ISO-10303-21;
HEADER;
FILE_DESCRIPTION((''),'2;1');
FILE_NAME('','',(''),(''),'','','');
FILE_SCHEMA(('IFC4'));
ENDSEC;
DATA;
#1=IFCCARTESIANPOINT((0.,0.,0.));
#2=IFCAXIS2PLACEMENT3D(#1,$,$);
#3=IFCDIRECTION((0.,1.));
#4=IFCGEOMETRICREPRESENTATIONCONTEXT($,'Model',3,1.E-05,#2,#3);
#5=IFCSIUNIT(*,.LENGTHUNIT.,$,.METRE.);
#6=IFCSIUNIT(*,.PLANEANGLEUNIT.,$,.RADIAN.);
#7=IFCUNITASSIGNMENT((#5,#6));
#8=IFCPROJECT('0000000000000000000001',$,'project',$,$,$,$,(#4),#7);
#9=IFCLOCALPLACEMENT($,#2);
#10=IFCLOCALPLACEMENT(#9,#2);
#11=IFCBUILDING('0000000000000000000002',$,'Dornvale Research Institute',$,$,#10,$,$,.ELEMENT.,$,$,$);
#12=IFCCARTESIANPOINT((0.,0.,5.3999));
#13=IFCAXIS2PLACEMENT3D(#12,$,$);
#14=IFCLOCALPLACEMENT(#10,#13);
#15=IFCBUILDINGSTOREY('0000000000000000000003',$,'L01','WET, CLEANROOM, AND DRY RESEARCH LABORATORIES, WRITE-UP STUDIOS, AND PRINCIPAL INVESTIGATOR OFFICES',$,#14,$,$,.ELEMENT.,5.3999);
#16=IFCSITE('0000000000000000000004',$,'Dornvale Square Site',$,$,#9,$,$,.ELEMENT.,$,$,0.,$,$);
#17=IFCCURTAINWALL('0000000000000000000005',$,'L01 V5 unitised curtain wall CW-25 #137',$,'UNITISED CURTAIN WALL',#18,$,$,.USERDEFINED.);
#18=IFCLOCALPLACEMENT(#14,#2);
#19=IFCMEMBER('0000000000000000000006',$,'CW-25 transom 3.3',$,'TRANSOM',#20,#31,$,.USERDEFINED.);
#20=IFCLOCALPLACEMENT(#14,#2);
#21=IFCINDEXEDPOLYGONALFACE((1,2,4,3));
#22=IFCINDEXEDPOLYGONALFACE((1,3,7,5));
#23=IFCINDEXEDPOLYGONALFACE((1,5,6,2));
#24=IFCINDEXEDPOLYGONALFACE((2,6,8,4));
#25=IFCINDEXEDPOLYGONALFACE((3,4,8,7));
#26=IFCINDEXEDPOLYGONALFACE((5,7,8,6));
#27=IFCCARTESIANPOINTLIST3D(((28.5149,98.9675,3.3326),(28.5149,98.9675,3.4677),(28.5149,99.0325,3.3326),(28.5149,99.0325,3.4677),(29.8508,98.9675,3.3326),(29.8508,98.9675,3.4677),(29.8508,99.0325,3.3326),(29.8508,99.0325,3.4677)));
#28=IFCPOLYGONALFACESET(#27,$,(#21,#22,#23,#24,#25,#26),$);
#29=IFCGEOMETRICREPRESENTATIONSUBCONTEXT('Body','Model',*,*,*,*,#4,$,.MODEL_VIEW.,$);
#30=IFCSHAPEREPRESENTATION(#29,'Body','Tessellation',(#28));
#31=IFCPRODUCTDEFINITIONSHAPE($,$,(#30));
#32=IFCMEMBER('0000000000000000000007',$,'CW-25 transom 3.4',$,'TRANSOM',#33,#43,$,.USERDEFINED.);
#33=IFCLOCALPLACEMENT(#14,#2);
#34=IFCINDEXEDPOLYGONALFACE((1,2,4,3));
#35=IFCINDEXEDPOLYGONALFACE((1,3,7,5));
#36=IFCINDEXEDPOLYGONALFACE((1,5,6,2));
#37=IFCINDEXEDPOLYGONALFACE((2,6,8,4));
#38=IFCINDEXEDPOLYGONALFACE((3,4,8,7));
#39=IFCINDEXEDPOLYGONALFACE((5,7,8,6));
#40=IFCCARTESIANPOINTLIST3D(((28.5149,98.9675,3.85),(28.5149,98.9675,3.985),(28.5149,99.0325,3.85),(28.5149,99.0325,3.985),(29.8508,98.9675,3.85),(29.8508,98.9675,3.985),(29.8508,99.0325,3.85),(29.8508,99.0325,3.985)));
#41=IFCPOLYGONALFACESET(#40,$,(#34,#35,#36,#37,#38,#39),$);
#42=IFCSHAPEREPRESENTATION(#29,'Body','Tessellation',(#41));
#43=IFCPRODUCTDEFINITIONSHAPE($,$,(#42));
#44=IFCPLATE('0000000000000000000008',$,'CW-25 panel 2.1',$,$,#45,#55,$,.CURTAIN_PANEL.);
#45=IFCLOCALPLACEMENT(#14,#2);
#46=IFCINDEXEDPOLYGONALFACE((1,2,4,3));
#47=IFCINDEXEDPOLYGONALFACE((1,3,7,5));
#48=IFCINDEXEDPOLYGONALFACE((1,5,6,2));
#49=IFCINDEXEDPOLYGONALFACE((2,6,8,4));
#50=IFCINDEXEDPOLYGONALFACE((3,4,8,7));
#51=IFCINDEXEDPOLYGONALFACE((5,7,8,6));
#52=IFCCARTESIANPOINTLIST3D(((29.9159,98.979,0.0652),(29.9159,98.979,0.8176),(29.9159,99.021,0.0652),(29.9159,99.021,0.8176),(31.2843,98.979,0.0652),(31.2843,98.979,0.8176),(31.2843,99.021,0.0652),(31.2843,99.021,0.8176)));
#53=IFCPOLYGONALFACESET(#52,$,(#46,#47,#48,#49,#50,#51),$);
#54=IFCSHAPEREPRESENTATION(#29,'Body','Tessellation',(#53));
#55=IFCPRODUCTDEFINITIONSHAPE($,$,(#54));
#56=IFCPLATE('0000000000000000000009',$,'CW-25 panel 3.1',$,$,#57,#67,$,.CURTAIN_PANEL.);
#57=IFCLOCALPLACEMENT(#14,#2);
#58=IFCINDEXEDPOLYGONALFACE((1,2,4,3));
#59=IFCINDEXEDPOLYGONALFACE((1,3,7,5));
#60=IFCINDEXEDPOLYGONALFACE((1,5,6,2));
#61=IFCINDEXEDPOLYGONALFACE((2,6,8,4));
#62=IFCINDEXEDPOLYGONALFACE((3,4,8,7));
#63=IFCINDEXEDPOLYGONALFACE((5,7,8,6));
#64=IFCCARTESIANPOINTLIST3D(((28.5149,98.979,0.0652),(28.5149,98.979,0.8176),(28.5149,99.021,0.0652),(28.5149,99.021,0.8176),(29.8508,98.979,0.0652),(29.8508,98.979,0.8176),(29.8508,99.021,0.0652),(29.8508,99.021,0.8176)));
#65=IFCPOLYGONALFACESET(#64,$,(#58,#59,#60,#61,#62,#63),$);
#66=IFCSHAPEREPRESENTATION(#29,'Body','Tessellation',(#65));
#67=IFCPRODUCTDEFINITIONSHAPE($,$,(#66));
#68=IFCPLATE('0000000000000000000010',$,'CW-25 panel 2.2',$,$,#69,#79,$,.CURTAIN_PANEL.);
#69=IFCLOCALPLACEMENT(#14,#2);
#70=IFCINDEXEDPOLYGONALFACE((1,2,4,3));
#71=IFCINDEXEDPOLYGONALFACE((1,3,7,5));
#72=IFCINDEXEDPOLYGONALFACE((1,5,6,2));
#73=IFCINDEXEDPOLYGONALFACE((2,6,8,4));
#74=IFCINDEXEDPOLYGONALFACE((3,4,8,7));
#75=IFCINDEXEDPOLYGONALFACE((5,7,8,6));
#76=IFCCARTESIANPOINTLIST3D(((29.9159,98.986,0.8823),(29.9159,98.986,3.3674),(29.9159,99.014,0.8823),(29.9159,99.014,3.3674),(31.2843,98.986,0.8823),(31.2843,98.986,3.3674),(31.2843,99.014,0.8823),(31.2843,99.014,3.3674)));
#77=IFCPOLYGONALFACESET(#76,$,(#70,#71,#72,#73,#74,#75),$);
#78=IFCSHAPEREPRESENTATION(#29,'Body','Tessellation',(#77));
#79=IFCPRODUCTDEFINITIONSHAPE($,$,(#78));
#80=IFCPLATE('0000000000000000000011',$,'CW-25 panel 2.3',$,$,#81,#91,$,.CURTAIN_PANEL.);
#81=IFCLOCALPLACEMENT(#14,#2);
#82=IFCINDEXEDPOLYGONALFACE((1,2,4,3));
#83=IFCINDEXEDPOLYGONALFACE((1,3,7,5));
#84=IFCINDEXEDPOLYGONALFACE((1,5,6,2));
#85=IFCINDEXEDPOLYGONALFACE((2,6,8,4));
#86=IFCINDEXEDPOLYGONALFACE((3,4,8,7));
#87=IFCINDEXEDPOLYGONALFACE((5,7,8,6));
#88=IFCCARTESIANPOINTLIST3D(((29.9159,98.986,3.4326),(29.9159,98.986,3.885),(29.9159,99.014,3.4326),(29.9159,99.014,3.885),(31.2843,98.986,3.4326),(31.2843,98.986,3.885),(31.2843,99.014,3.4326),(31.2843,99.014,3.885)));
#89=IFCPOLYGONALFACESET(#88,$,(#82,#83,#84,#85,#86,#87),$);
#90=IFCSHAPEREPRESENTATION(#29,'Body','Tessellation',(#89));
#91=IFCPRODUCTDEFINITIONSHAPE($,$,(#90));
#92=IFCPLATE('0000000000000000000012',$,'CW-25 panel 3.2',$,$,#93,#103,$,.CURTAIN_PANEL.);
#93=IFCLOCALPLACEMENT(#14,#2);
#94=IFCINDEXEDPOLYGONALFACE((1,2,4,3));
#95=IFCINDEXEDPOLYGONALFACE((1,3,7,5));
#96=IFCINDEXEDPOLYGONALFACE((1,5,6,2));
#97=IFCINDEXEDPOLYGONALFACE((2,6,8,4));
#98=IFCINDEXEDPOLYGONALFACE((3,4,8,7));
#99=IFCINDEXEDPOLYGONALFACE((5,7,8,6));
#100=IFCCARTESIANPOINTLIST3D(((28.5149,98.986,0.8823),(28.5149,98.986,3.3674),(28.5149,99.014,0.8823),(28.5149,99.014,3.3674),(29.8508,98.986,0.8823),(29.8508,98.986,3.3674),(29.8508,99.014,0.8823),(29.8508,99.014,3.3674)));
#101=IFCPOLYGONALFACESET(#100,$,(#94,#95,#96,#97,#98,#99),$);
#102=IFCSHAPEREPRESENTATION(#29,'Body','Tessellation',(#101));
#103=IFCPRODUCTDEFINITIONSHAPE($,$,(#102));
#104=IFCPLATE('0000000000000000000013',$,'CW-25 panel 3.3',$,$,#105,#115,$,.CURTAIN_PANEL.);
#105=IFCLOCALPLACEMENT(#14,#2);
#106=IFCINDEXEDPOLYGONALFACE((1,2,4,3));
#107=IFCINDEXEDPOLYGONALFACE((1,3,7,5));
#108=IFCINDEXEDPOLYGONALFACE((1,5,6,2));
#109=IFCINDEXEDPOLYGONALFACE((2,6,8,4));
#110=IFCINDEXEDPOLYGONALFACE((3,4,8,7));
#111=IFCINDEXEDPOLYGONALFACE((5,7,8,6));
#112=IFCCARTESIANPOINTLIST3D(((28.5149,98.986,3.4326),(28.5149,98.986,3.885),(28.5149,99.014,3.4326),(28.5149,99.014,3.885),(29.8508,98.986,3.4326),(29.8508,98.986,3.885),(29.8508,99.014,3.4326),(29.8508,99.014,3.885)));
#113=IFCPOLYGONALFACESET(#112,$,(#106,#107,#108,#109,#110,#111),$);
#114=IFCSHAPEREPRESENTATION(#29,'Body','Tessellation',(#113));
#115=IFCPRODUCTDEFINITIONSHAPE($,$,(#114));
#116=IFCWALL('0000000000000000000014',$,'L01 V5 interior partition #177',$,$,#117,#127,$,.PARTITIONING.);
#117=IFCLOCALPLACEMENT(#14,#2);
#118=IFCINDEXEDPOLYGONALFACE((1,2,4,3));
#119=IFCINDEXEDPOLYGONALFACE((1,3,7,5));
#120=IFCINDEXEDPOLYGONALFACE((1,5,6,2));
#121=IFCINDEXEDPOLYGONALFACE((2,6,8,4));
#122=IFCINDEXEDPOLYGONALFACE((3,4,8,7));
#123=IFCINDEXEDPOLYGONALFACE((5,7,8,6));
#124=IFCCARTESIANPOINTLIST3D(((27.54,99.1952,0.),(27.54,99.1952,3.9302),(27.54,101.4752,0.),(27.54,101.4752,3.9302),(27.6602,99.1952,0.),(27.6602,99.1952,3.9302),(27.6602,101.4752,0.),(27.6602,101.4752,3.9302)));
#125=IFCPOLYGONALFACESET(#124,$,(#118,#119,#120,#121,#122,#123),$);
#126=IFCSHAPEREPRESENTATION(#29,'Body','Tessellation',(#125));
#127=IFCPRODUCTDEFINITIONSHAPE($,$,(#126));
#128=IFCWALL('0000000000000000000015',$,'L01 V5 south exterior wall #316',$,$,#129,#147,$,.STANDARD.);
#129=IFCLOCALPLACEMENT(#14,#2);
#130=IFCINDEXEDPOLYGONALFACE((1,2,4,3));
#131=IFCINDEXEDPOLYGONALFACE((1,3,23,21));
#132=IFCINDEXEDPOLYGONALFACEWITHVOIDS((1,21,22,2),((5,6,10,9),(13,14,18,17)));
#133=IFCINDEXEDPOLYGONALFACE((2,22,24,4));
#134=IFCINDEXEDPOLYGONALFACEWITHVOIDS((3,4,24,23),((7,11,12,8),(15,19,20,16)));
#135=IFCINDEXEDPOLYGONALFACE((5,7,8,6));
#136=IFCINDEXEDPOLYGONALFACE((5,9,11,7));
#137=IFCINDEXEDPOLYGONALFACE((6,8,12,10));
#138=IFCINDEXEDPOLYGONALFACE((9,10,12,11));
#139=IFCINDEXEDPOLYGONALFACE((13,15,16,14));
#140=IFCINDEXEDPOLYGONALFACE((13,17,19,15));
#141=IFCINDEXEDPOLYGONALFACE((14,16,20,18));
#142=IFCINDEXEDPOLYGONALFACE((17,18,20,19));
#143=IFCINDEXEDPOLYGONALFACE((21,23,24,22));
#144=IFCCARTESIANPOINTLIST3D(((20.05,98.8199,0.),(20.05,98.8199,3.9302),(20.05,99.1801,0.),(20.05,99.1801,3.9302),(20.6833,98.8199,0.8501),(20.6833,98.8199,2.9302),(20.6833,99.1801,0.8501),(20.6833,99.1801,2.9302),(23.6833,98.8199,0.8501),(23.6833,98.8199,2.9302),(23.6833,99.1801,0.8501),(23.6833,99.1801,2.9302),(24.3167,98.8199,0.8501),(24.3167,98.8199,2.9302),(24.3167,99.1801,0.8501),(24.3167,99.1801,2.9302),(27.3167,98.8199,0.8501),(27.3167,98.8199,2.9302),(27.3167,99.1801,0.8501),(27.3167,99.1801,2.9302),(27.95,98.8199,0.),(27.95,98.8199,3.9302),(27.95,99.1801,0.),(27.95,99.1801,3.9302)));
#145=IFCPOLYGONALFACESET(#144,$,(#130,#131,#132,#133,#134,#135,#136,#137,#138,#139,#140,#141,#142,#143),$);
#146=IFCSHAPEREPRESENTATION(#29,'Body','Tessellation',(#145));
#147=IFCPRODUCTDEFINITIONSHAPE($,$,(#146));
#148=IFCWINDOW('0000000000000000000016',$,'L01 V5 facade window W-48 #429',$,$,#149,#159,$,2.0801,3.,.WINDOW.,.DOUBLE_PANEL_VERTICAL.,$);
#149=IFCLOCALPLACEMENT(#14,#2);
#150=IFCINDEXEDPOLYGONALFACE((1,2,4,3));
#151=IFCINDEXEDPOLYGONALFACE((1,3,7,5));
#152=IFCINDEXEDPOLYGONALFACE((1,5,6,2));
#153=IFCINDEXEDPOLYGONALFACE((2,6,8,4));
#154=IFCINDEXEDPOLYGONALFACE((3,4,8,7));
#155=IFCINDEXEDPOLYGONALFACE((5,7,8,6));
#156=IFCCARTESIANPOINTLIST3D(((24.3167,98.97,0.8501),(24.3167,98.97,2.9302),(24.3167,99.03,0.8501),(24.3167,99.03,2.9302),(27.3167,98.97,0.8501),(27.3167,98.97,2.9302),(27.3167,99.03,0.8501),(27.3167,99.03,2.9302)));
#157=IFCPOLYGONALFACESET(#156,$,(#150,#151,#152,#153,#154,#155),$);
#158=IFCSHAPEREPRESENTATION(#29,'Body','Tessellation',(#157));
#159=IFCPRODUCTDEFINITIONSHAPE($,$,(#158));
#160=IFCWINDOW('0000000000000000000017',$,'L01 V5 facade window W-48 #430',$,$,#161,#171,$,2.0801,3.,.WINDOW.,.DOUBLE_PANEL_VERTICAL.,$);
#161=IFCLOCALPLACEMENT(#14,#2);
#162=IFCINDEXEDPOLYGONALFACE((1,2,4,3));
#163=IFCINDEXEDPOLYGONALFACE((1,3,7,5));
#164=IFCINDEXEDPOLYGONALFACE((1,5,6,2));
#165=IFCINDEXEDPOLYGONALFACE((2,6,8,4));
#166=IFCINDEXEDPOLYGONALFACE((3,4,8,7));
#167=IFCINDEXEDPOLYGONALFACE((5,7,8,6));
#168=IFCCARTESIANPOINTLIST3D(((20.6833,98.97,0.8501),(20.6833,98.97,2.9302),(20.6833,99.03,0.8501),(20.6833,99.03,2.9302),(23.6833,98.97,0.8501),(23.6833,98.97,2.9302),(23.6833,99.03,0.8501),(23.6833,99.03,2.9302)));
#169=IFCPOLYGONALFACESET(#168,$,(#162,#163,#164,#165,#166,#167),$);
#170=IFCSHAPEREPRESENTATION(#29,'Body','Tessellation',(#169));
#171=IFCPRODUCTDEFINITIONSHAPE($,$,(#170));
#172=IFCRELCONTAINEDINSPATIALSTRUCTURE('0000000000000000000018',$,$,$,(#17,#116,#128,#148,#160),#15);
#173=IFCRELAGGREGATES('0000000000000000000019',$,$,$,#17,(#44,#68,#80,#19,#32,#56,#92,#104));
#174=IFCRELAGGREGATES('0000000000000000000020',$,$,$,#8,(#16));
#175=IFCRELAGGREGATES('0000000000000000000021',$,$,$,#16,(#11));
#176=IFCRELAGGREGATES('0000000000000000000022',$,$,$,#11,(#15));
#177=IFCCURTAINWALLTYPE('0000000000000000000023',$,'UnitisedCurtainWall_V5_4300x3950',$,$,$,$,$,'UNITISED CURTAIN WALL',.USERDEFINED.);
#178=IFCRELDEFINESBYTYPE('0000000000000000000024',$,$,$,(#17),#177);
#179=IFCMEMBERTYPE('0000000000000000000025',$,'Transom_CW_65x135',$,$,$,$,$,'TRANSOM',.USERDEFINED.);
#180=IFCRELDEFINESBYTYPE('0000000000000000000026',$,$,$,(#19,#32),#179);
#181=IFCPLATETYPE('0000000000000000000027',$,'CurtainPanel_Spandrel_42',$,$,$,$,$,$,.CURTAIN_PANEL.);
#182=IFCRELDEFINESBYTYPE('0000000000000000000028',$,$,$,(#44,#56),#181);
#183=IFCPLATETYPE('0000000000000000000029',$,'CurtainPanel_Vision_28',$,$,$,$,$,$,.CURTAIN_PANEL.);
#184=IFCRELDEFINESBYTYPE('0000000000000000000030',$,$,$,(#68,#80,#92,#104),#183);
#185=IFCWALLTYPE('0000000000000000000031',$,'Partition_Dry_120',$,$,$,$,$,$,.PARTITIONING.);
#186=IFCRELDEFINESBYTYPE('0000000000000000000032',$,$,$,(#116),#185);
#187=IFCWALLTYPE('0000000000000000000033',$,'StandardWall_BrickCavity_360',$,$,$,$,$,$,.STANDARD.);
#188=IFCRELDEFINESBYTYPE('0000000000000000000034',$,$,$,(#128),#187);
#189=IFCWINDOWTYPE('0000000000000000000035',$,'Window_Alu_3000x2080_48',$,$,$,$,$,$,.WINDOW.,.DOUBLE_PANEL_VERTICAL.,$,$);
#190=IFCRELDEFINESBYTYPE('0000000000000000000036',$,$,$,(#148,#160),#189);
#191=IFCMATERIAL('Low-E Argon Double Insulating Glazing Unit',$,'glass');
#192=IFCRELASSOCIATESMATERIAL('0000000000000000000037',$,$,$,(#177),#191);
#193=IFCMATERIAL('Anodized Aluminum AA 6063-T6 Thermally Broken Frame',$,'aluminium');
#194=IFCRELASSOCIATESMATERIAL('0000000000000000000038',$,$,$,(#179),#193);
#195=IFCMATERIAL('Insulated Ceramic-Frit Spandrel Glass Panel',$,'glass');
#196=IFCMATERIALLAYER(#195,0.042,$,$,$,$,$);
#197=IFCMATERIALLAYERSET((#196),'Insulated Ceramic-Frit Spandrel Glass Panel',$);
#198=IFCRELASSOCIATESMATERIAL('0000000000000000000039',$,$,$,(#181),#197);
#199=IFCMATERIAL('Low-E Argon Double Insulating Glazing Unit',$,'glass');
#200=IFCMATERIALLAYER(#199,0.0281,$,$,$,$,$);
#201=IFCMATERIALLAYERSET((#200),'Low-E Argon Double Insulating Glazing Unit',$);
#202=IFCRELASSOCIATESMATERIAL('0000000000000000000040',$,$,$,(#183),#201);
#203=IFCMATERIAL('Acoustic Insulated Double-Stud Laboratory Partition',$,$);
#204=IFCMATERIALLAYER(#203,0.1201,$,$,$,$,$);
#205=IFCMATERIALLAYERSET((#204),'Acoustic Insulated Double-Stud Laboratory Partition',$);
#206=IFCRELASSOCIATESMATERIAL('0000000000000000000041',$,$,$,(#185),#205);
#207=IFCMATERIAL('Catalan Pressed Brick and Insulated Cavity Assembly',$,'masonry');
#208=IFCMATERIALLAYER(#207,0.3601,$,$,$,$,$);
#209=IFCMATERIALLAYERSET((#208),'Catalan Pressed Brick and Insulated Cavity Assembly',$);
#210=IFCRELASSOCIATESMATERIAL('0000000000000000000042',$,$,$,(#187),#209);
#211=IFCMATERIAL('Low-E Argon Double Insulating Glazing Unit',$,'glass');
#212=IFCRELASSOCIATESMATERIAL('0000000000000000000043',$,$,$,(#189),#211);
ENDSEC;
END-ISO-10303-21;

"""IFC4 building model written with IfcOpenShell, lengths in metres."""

from ifc_helpers import new_model, si_unit, direction, frame, frame_2d, origin, origin_2d, place, context, subcontext, project, spatial, rectangle, extrude, material, layer, layer_set, material_profile, profile_set, type_object, element, fill, aggregate, save


model = new_model("IFC4")

# Units and contexts
model_context = context("Model", 3, precision=1e-05, world=origin(), true_north=direction((0.0, 1.0)))
body_context = subcontext(model_context, "Body", "Model", "MODEL_VIEW")
ifc_project = project(units=[si_unit("LENGTHUNIT", "METRE"), si_unit("PLANEANGLEUNIT", "RADIAN")], contexts=[model_context])

# Site, building, storey
site_placement = place(None, origin())
site = spatial("IfcSite", under=ifc_project, at=site_placement, Name="Dornvale Square Site", CompositionType="ELEMENT", RefElevation=0.0)
building_placement = place(site_placement, origin())
building = spatial("IfcBuilding", under=site, at=building_placement, Name="Dornvale Research Institute", CompositionType="ELEMENT")
storey_placement = place(building_placement, frame((0.0, 0.0, 5.3999)))
storey = spatial("IfcBuildingStorey", under=building, at=storey_placement, Name="L01", Description="WET, CLEANROOM, AND DRY RESEARCH LABORATORIES, WRITE-UP STUDIOS, AND PRINCIPAL INVESTIGATOR OFFICES", CompositionType="ELEMENT", Elevation=5.3999)

# Curtain wall
ifc_material_1 = material(Name="Low-E Argon Double Insulating Glazing Unit", Category="glass")
curtain_wall_type = type_object("IfcCurtainWallType", Name="UnitisedCurtainWall_V5_4300x3950", ElementType="UNITISED CURTAIN WALL", PredefinedType="USERDEFINED", material=ifc_material_1)
curtain_wall_placement = place(storey_placement, origin())
curtain_wall = element("IfcCurtainWall", 1, at=curtain_wall_placement, inside=storey, type_object=curtain_wall_type, Name="L01 V5 unitised curtain wall CW-25 #137", ObjectType="UNITISED CURTAIN WALL", PredefinedType="USERDEFINED")

# Members
ifc_material_2 = material(Name="Anodized Aluminum AA 6063-T6 Thermally Broken Frame", Category="aluminium")
ifc_material_profile_1 = material_profile(ifc_material_2, rectangle(XDim=0.0649, YDim=0.135, at=origin_2d()), Name="ALU TRANSOM 65x135")
ifc_profile_set_1 = profile_set([ifc_material_profile_1], Name="Anodized Aluminum AA 6063-T6 Thermally Broken Frame")
member_type_1 = type_object("IfcMemberType", Name="Transom_CW_65x135", ElementType="TRANSOM", PredefinedType="USERDEFINED", material=ifc_profile_set_1)
member_1_placement = place(storey_placement, frame((29.8508, 99.0, 3.4001), z_axis=(-1.0, 0.0, 0.0), x_axis=(0.0, -1.0, 0.0)))
member_1 = element("IfcMember", 2, at=member_1_placement, type_object=member_type_1, Name="CW-25 transom 3.3", ObjectType="TRANSOM", PredefinedType="USERDEFINED", context=body_context, shape_type="SweptSolid", body=[
    extrude(rectangle(XDim=0.0649, YDim=0.135, at=origin_2d()), origin(), (0.0, 0.0, 1.0), 1.3359),
])
member_2_placement = place(storey_placement, frame((29.8508, 99.0, 3.9175), z_axis=(-1.0, 0.0, 0.0), x_axis=(0.0, -1.0, 0.0)))
member_2 = element("IfcMember", 3, at=member_2_placement, type_object=member_type_1, Name="CW-25 transom 3.4", ObjectType="TRANSOM", PredefinedType="USERDEFINED", context=body_context, shape_type="SweptSolid", body=[
    extrude(rectangle(XDim=0.0649, YDim=0.135, at=origin_2d()), origin(), (0.0, 0.0, 1.0), 1.3359),
])

# Plates
ifc_material_3 = material(Name="Insulated Ceramic-Frit Spandrel Glass Panel", Category="glass")
ifc_layer_1 = layer(ifc_material_3, 0.042)
ifc_layer_set_1 = layer_set([ifc_layer_1], Name="Insulated Ceramic-Frit Spandrel Glass Panel")
plate_type_1 = type_object("IfcPlateType", Name="CurtainPanel_Spandrel_42", PredefinedType="CURTAIN_PANEL", material=ifc_layer_set_1)
plate_1_placement = place(storey_placement, frame((30.6001, 99.0, 0.0652), z_axis=(0.0, 0.0, 1.0), x_axis=(-1.0, 0.0, 0.0)))
plate_1 = element("IfcPlate", 4, at=plate_1_placement, type_object=plate_type_1, Name="CW-25 panel 2.1", PredefinedType="CURTAIN_PANEL", context=body_context, shape_type="SweptSolid", body=[
    extrude(rectangle(XDim=1.3684, YDim=0.042, at=origin_2d()), origin(), (0.0, 0.0, 1.0), 0.7524),
])
plate_2_placement = place(storey_placement, frame((29.1829, 99.0, 0.0652), z_axis=(0.0, 0.0, 1.0), x_axis=(-1.0, 0.0, 0.0)))
plate_2 = element("IfcPlate", 5, at=plate_2_placement, type_object=plate_type_1, Name="CW-25 panel 3.1", PredefinedType="CURTAIN_PANEL", context=body_context, shape_type="SweptSolid", body=[
    extrude(rectangle(XDim=1.3359, YDim=0.042, at=origin_2d()), origin(), (0.0, 0.0, 1.0), 0.7524),
])
ifc_material_4 = material(Name="Low-E Argon Double Insulating Glazing Unit", Category="glass")
ifc_layer_2 = layer(ifc_material_4, 0.0281)
ifc_layer_set_2 = layer_set([ifc_layer_2], Name="Low-E Argon Double Insulating Glazing Unit")
plate_type_2 = type_object("IfcPlateType", Name="CurtainPanel_Vision_28", PredefinedType="CURTAIN_PANEL", material=ifc_layer_set_2)
plate_3_placement = place(storey_placement, frame((30.6001, 99.0, 0.8823), z_axis=(0.0, 0.0, 1.0), x_axis=(-1.0, 0.0, 0.0)))
plate_3 = element("IfcPlate", 6, at=plate_3_placement, type_object=plate_type_2, Name="CW-25 panel 2.2", PredefinedType="CURTAIN_PANEL", context=body_context, shape_type="SweptSolid", body=[
    extrude(rectangle(XDim=1.3684, YDim=0.0281, at=origin_2d()), origin(), (0.0, 0.0, 1.0), 2.4851),
])
plate_4_placement = place(storey_placement, frame((30.6001, 99.0, 3.4326), z_axis=(0.0, 0.0, 1.0), x_axis=(-1.0, 0.0, 0.0)))
plate_4 = element("IfcPlate", 7, at=plate_4_placement, type_object=plate_type_2, Name="CW-25 panel 2.3", PredefinedType="CURTAIN_PANEL", context=body_context, shape_type="SweptSolid", body=[
    extrude(rectangle(XDim=1.3684, YDim=0.0281, at=origin_2d()), origin(), (0.0, 0.0, 1.0), 0.4524),
])
plate_5_placement = place(storey_placement, frame((29.1829, 99.0, 0.8823), z_axis=(0.0, 0.0, 1.0), x_axis=(-1.0, 0.0, 0.0)))
plate_5 = element("IfcPlate", 8, at=plate_5_placement, type_object=plate_type_2, Name="CW-25 panel 3.2", PredefinedType="CURTAIN_PANEL", context=body_context, shape_type="SweptSolid", body=[
    extrude(rectangle(XDim=1.3359, YDim=0.0281, at=origin_2d()), origin(), (0.0, 0.0, 1.0), 2.4851),
])
plate_6_placement = place(storey_placement, frame((29.1829, 99.0, 3.4326), z_axis=(0.0, 0.0, 1.0), x_axis=(-1.0, 0.0, 0.0)))
plate_6 = element("IfcPlate", 9, at=plate_6_placement, type_object=plate_type_2, Name="CW-25 panel 3.3", PredefinedType="CURTAIN_PANEL", context=body_context, shape_type="SweptSolid", body=[
    extrude(rectangle(XDim=1.3359, YDim=0.0281, at=origin_2d()), origin(), (0.0, 0.0, 1.0), 0.4524),
])
aggregate(curtain_wall, [plate_1, plate_3, plate_4, member_1, member_2, plate_2, plate_5, plate_6])

# Wall
ifc_material_5 = material(Name="Acoustic Insulated Double-Stud Laboratory Partition")
ifc_layer_3 = layer(ifc_material_5, 0.1201)
ifc_layer_set_3 = layer_set([ifc_layer_3], Name="Acoustic Insulated Double-Stud Laboratory Partition")
wall_type_1 = type_object("IfcWallType", Name="Partition_Dry_120", PredefinedType="PARTITIONING", material=ifc_layer_set_3)
wall_1_placement = place(storey_placement, frame((27.6001, 99.1951, 0.0), z_axis=(0.0, 0.0, 1.0), x_axis=(0.0, 1.0, 0.0)))
element("IfcWall", 10, at=wall_1_placement, inside=storey, type_object=wall_type_1, Name="L01 V5 interior partition #177", PredefinedType="PARTITIONING", context=body_context, shape_type="SweptSolid", body=[
    extrude(rectangle(XDim=2.28, YDim=0.1201, at=frame_2d((1.1401, 0.0))), origin(), (0.0, 0.0, 1.0), 3.9302),
])

# Wall, openings, windows
ifc_material_6 = material(Name="Catalan Pressed Brick and Insulated Cavity Assembly", Category="masonry")
ifc_layer_4 = layer(ifc_material_6, 0.3601)
ifc_layer_set_4 = layer_set([ifc_layer_4], Name="Catalan Pressed Brick and Insulated Cavity Assembly")
wall_type_2 = type_object("IfcWallType", Name="StandardWall_BrickCavity_360", PredefinedType="STANDARD", material=ifc_layer_set_4)
wall_2_placement = place(storey_placement, frame((27.95, 99.0, 0.0), z_axis=(0.0, 0.0, 1.0), x_axis=(-1.0, 0.0, 0.0)))
wall_2 = element("IfcWall", 11, at=wall_2_placement, inside=storey, type_object=wall_type_2, Name="L01 V5 south exterior wall #316", PredefinedType="STANDARD", context=body_context, shape_type="SweptSolid", body=[
    extrude(rectangle(XDim=7.8999, YDim=0.3601, at=frame_2d((3.95, 0.0))), origin(), (0.0, 0.0, 1.0), 3.9302),
])
opening_1_placement = place(wall_2_placement, frame((0.6333, 0.0, 0.8501)))
opening_1 = element("IfcOpeningElement", 12, at=opening_1_placement, cuts=wall_2, PredefinedType="OPENING", context=body_context, shape_type="SweptSolid", body=[
    extrude(rectangle(XDim=3.0, YDim=2.0801, at=frame_2d((1.5, 1.04))), frame((0.0, 0.1951, 0.0), z_axis=(0.0, -1.0, 0.0), x_axis=(1.0, 0.0, 0.0)), (0.0, 0.0, 1.0), 0.3901),
])
opening_2_placement = place(wall_2_placement, frame((4.2666, 0.0, 0.8501)))
opening_2 = element("IfcOpeningElement", 13, at=opening_2_placement, cuts=wall_2, PredefinedType="OPENING", context=body_context, shape_type="SweptSolid", body=[
    extrude(rectangle(XDim=3.0, YDim=2.0801, at=frame_2d((1.5, 1.04))), frame((0.0, 0.1951, 0.0), z_axis=(0.0, -1.0, 0.0), x_axis=(1.0, 0.0, 0.0)), (0.0, 0.0, 1.0), 0.3901),
])
ifc_material_7 = material(Name="Low-E Argon Double Insulating Glazing Unit", Category="glass")
window_type = type_object("IfcWindowType", Name="Window_Alu_3000x2080_48", PartitioningType="DOUBLE_PANEL_VERTICAL", PredefinedType="WINDOW", material=ifc_material_7)
window_1_placement = place(opening_1_placement, origin())
window_1 = element("IfcWindow", 14, at=window_1_placement, inside=storey, type_object=window_type, Name="L01 V5 facade window W-48 #429", OverallHeight=2.0801, OverallWidth=3.0, PartitioningType="DOUBLE_PANEL_VERTICAL", PredefinedType="WINDOW", context=body_context, shape_type="SweptSolid", body=[
    extrude(rectangle(XDim=3.0, YDim=2.0801, at=frame_2d((1.5, 1.04))), frame((0.0, 0.03, 0.0), z_axis=(0.0, -1.0, 0.0), x_axis=(1.0, 0.0, 0.0)), (0.0, 0.0, 1.0), 0.0601),
])
fill(opening_1, window_1)
window_2_placement = place(opening_2_placement, origin())
window_2 = element("IfcWindow", 15, at=window_2_placement, inside=storey, type_object=window_type, Name="L01 V5 facade window W-48 #430", OverallHeight=2.0801, OverallWidth=3.0, PartitioningType="DOUBLE_PANEL_VERTICAL", PredefinedType="WINDOW", context=body_context, shape_type="SweptSolid", body=[
    extrude(rectangle(XDim=3.0, YDim=2.0801, at=frame_2d((1.5, 1.04))), frame((0.0, 0.03, 0.0), z_axis=(0.0, -1.0, 0.0), x_axis=(1.0, 0.0, 0.0)), (0.0, 0.0, 1.0), 0.0601),
])
fill(opening_2, window_2)

save(model, "model.ifc")
